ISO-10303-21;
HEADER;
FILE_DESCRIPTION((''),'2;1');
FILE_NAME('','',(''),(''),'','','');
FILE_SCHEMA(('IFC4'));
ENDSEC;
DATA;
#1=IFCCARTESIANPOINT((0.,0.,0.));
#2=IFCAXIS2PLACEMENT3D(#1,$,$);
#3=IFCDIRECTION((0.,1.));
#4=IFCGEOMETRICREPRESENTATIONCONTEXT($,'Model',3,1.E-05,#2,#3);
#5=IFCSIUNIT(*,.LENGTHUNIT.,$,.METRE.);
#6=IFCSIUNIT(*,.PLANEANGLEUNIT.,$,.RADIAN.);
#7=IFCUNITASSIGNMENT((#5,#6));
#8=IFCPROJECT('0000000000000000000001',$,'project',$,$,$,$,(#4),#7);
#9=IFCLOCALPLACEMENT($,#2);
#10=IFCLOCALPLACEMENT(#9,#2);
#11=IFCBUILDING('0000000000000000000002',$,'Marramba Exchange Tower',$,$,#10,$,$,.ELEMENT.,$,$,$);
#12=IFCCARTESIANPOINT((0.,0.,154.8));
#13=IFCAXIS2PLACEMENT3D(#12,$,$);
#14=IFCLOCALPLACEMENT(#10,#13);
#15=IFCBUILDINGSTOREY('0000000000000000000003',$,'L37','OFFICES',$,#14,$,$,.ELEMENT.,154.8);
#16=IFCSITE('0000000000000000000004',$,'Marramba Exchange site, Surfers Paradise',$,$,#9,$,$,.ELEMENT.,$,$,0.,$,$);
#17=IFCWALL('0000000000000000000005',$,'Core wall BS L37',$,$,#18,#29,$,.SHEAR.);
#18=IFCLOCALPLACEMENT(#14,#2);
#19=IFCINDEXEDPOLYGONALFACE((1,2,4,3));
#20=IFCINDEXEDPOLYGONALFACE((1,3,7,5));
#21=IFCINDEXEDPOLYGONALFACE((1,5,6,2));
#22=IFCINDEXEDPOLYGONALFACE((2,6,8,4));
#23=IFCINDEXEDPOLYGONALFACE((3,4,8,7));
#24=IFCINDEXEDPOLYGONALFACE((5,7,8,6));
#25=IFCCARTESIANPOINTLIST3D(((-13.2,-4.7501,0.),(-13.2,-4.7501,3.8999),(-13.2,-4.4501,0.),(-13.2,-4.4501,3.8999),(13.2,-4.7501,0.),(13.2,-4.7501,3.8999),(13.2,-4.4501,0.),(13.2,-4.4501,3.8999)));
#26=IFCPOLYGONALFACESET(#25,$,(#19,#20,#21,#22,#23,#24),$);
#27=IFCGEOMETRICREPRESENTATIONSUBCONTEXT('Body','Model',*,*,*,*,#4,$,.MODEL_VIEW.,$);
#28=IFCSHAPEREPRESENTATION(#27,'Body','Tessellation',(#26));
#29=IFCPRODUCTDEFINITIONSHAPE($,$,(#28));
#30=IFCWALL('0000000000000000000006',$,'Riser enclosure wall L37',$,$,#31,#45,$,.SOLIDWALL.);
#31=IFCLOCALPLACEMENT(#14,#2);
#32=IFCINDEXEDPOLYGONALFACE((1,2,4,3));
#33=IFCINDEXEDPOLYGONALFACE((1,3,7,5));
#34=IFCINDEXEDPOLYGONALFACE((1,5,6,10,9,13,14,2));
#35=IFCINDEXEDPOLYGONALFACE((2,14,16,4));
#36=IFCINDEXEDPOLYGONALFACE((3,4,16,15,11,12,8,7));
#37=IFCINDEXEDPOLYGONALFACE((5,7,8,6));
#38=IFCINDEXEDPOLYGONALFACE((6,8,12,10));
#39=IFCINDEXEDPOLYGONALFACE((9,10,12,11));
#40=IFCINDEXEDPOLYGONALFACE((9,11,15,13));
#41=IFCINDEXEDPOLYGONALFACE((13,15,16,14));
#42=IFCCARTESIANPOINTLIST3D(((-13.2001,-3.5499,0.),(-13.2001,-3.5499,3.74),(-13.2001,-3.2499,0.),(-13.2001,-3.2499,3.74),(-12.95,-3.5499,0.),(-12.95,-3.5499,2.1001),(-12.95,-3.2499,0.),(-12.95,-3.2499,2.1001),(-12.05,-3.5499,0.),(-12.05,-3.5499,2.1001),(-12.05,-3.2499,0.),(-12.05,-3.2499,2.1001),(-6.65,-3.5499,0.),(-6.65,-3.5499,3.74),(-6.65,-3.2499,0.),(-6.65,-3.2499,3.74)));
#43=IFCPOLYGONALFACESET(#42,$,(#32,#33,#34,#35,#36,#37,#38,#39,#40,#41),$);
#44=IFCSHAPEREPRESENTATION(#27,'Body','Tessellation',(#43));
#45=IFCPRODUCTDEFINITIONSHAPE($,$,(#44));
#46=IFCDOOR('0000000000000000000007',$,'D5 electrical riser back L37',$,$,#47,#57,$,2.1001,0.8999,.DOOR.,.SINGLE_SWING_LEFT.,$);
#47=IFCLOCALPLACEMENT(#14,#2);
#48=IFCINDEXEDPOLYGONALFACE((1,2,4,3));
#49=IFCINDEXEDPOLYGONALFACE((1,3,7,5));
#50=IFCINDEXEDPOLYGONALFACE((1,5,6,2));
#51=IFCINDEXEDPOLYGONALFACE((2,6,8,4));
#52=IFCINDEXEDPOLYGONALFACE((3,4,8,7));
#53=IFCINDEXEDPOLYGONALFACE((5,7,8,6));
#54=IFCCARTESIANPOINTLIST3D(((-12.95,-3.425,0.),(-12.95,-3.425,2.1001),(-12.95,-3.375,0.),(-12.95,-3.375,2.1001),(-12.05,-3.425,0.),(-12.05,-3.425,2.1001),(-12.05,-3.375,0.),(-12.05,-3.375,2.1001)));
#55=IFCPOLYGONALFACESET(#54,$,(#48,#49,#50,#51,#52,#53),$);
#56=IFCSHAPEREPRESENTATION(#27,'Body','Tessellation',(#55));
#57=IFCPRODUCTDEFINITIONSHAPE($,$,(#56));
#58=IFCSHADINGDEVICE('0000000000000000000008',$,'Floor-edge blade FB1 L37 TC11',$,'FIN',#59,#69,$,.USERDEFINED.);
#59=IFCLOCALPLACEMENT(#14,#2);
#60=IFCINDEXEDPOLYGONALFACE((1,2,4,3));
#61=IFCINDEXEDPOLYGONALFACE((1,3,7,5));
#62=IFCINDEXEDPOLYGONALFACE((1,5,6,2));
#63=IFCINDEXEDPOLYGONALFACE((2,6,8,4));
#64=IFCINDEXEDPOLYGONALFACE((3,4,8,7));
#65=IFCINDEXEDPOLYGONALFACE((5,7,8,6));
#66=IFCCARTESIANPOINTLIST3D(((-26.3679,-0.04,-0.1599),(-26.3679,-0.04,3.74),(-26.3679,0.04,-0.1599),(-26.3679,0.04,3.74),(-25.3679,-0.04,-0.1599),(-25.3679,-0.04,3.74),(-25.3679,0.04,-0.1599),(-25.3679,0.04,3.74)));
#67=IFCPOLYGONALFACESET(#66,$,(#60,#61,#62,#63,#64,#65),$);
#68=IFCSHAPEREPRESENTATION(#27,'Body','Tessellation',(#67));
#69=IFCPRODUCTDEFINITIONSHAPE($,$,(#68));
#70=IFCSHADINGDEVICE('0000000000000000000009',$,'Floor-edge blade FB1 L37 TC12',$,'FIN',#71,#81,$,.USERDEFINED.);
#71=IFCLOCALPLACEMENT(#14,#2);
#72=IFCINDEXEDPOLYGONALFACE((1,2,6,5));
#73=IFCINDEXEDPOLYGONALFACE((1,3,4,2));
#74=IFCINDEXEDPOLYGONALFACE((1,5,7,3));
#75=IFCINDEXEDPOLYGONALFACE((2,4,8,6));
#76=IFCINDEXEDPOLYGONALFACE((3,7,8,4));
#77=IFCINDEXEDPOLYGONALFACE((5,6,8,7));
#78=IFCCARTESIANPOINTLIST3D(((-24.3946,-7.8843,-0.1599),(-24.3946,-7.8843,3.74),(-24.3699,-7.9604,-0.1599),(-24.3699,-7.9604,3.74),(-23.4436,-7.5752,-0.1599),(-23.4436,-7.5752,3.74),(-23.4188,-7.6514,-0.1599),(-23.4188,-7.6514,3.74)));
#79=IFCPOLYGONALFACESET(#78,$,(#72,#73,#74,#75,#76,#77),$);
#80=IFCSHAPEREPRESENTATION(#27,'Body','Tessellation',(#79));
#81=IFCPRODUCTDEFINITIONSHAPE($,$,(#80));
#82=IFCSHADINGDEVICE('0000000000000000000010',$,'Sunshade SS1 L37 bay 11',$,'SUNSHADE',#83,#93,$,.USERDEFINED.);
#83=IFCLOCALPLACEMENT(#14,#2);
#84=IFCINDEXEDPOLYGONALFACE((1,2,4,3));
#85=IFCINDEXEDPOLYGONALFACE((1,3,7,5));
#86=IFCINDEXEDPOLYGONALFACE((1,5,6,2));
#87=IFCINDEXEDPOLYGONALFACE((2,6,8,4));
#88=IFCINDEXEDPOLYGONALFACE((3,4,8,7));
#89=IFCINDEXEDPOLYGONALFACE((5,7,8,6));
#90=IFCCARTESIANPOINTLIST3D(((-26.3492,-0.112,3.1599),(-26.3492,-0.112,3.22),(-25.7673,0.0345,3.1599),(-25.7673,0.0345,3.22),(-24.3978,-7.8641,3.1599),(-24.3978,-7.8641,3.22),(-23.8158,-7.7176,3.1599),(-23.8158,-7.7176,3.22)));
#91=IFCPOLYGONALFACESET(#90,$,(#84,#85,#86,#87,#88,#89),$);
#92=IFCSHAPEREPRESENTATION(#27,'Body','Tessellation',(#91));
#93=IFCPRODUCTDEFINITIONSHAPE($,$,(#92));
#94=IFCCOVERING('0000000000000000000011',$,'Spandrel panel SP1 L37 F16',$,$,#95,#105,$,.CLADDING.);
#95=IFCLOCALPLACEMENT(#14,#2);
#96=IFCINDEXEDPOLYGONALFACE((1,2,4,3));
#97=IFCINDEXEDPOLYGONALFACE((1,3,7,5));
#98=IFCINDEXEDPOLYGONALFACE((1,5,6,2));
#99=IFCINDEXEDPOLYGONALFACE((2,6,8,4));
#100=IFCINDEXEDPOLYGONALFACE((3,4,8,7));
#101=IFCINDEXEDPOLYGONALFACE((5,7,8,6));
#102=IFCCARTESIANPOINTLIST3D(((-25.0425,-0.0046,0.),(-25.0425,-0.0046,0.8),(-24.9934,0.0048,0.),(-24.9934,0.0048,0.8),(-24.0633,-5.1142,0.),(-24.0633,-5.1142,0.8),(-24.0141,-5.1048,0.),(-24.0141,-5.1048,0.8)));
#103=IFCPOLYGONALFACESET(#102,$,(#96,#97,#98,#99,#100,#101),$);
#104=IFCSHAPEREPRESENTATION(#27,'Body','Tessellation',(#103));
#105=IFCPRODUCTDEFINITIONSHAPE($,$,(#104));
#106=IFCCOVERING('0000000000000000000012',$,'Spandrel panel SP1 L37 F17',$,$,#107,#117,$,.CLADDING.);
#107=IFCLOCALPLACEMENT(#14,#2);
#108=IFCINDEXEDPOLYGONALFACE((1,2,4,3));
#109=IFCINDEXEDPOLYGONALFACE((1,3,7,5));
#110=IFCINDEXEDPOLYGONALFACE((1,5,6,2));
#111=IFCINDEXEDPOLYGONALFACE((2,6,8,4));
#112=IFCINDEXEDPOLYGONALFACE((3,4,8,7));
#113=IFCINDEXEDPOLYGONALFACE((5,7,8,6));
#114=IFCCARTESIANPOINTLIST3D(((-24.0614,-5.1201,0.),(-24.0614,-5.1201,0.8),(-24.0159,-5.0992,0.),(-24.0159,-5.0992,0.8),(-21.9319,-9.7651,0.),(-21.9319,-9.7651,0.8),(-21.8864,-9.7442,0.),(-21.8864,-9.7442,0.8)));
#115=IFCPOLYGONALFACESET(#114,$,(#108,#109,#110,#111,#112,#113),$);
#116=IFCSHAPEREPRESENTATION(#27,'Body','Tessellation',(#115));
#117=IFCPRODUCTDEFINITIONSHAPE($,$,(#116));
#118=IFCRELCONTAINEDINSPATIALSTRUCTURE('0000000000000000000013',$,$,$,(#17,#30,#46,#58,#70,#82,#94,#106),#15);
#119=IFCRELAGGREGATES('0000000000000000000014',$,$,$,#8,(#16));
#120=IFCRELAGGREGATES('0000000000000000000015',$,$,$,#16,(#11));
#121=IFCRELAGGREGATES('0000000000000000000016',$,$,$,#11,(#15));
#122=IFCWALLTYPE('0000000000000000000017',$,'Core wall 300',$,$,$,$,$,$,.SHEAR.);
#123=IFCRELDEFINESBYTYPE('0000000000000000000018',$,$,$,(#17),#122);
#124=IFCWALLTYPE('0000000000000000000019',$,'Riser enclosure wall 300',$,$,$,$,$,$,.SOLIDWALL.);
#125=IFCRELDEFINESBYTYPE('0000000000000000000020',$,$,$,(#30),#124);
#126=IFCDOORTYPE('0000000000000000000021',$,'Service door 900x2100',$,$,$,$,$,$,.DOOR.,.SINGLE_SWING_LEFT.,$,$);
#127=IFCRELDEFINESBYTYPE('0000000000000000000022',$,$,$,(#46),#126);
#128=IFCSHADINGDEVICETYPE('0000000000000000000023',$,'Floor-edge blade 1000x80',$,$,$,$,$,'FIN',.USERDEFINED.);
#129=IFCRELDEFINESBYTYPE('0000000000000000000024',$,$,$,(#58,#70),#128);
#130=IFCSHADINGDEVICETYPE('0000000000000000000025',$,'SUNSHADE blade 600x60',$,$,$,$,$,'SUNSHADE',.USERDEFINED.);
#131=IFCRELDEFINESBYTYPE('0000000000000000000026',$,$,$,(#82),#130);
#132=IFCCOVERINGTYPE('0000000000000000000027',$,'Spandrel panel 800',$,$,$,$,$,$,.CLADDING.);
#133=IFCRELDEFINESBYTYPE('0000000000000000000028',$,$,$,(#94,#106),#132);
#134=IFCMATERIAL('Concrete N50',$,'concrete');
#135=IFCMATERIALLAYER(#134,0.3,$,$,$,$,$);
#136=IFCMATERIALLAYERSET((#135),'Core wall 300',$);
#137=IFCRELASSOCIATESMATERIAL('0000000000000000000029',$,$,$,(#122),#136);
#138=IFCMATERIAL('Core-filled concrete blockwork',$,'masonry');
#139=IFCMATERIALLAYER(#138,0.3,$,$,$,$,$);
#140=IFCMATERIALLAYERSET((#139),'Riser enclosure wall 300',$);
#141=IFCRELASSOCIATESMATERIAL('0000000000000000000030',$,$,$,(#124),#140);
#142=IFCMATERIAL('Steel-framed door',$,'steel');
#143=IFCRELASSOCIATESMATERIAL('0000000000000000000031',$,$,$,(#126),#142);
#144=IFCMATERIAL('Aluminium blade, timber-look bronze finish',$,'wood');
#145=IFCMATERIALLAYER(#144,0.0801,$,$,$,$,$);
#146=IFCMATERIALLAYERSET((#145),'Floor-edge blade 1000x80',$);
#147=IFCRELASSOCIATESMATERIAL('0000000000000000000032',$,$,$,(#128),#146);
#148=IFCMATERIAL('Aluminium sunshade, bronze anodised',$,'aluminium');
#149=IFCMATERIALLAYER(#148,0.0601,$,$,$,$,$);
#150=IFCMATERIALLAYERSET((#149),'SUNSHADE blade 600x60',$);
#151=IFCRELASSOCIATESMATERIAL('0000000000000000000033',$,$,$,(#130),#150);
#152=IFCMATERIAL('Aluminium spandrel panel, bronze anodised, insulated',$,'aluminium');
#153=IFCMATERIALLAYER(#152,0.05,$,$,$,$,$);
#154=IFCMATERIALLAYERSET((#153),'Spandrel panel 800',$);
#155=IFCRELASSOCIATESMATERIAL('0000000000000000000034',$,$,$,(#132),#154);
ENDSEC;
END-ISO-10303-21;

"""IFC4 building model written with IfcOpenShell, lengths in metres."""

from ifc_helpers import new_model, si_unit, direction, frame, frame_2d, origin, origin_2d, place, context, subcontext, project, spatial, rectangle, extrude, material, layer, layer_set, type_object, element, fill, save


model = new_model("IFC4")

# Units and contexts
model_context = context("Model", 3, precision=1e-05, world=origin(), true_north=direction((0.0, 1.0)))
body_context = subcontext(model_context, "Body", "Model", "MODEL_VIEW")
ifc_project = project(units=[si_unit("LENGTHUNIT", "METRE"), si_unit("PLANEANGLEUNIT", "RADIAN")], contexts=[model_context])

# Site, building, storey
site_placement = place(None, origin())
site = spatial("IfcSite", under=ifc_project, at=site_placement, Name="Marramba Exchange site, Surfers Paradise", CompositionType="ELEMENT", RefElevation=0.0)
building_placement = place(site_placement, origin())
building = spatial("IfcBuilding", under=site, at=building_placement, Name="Marramba Exchange Tower", CompositionType="ELEMENT")
storey_placement = place(building_placement, frame((0.0, 0.0, 154.8)))
storey = spatial("IfcBuildingStorey", under=building, at=storey_placement, Name="L37", Description="OFFICES", CompositionType="ELEMENT", Elevation=154.8)

# Shared definitions
ifc_material_1 = material(Name="Concrete N50", Category="concrete")

# Wall
ifc_layer_1 = layer(ifc_material_1, 0.3)
ifc_layer_set_1 = layer_set([ifc_layer_1], Name="Core wall 300")
wall_type_1 = type_object("IfcWallType", Name="Core wall 300", PredefinedType="SHEAR", material=ifc_layer_set_1)
wall_1_placement = place(storey_placement, frame((-13.2, -4.6001, 0.0), z_axis=(0.0, 0.0, 1.0), x_axis=(1.0, 0.0, 0.0)))
element("IfcWall", 1, at=wall_1_placement, inside=storey, type_object=wall_type_1, Name="Core wall BS L37", PredefinedType="SHEAR", context=body_context, shape_type="SweptSolid", body=[
    extrude(rectangle(XDim=26.3999, YDim=0.3, at=frame_2d((13.2, 0.0))), origin(), (0.0, 0.0, 1.0), 3.8999),
])

# Wall, opening, door
ifc_material_2 = material(Name="Core-filled concrete blockwork", Category="masonry")
ifc_layer_2 = layer(ifc_material_2, 0.3)
ifc_layer_set_2 = layer_set([ifc_layer_2], Name="Riser enclosure wall 300")
wall_type_2 = type_object("IfcWallType", Name="Riser enclosure wall 300", PredefinedType="SOLIDWALL", material=ifc_layer_set_2)
wall_2_placement = place(storey_placement, frame((-13.2, -3.3999, 0.0), z_axis=(0.0, 0.0, 1.0), x_axis=(1.0, 0.0, 0.0)))
wall_2 = element("IfcWall", 2, at=wall_2_placement, inside=storey, type_object=wall_type_2, Name="Riser enclosure wall L37", PredefinedType="SOLIDWALL", context=body_context, shape_type="SweptSolid", body=[
    extrude(rectangle(XDim=6.55, YDim=0.3, at=frame_2d((3.2749, 0.0))), origin(), (0.0, 0.0, 1.0), 3.74),
])
opening_placement = place(wall_2_placement, frame((0.25, 0.0, 0.0)))
opening = element("IfcOpeningElement", 3, at=opening_placement, cuts=wall_2, PredefinedType="OPENING", context=body_context, shape_type="SweptSolid", body=[
    extrude(rectangle(XDim=0.8999, YDim=2.1001, at=frame_2d((0.45, 1.05))), frame((0.0, 0.1599, 0.0), z_axis=(0.0, -1.0, 0.0), x_axis=(1.0, 0.0, 0.0)), (0.0, 0.0, 1.0), 0.3201),
])
ifc_material_3 = material(Name="Steel-framed door", Category="steel")
door_type = type_object("IfcDoorType", Name="Service door 900x2100", OperationType="SINGLE_SWING_LEFT", PredefinedType="DOOR", material=ifc_material_3)
door_placement = place(opening_placement, origin())
door = element("IfcDoor", 4, at=door_placement, inside=storey, type_object=door_type, Name="D5 electrical riser back L37", OperationType="SINGLE_SWING_LEFT", OverallHeight=2.1001, OverallWidth=0.8999, PredefinedType="DOOR", context=body_context, shape_type="SweptSolid", body=[
    extrude(rectangle(XDim=0.8999, YDim=2.1001, at=frame_2d((0.45, 1.05))), frame((0.0, 0.0249, 0.0), z_axis=(0.0, -1.0, 0.0), x_axis=(1.0, 0.0, 0.0)), (0.0, 0.0, 1.0), 0.05),
])
fill(opening, door)

# Shading devices
ifc_material_4 = material(Name="Aluminium blade, timber-look bronze finish", Category="wood")
ifc_layer_3 = layer(ifc_material_4, 0.0801)
ifc_layer_set_3 = layer_set([ifc_layer_3], Name="Floor-edge blade 1000x80")
shading_device_type_1 = type_object("IfcShadingDeviceType", Name="Floor-edge blade 1000x80", ElementType="FIN", PredefinedType="USERDEFINED", material=ifc_layer_set_3)
for number, where, z_axis, x_axis, name in (
    (5, (-25.8679, 0.0, -0.1599), (0.0, 0.0, 1.0), (-1.0, 0.0, 0.0), "Floor-edge blade FB1 L37 TC11"),
    (6, (-23.9067, -7.7678, -0.1599), (0.0, 0.0, 1.0), (-0.951057, -0.309017, 0.0), "Floor-edge blade FB1 L37 TC12"),
):
    element("IfcShadingDevice", number, at=place(storey_placement, frame(where, z_axis=z_axis, x_axis=x_axis)), inside=storey, type_object=shading_device_type_1, Name=name, ObjectType="FIN", PredefinedType="USERDEFINED", context=body_context, shape_type="SweptSolid", body=[
        extrude(rectangle(XDim=1.0, YDim=0.0801, at=origin_2d()), origin(), (0.0, 0.0, 1.0), 3.8999),
    ])
ifc_material_5 = material(Name="Aluminium sunshade, bronze anodised", Category="aluminium")
ifc_layer_4 = layer(ifc_material_5, 0.0601)
ifc_layer_set_4 = layer_set([ifc_layer_4], Name="SUNSHADE blade 600x60")
shading_device_type_2 = type_object("IfcShadingDeviceType", Name="SUNSHADE blade 600x60", ElementType="SUNSHADE", PredefinedType="USERDEFINED", material=ifc_layer_set_4)
shading_device_placement = place(storey_placement, frame((-25.0825, -3.9148, 3.1599), z_axis=(0.0, 0.0, 1.0), x_axis=(0.244117, -0.969746, 0.0)))
element("IfcShadingDevice", 7, at=shading_device_placement, inside=storey, type_object=shading_device_type_2, Name="Sunshade SS1 L37 bay 11", ObjectType="SUNSHADE", PredefinedType="USERDEFINED", context=body_context, shape_type="SweptSolid", body=[
    extrude(rectangle(XDim=7.9939, YDim=0.6001, at=origin_2d()), origin(), (0.0, 0.0, 1.0), 0.0601),
])

# Coverings
ifc_material_6 = material(Name="Aluminium spandrel panel, bronze anodised, insulated", Category="aluminium")
ifc_layer_5 = layer(ifc_material_6, 0.05)
ifc_layer_set_5 = layer_set([ifc_layer_5], Name="Spandrel panel 800")
covering_type = type_object("IfcCoveringType", Name="Spandrel panel 800", PredefinedType="CLADDING", material=ifc_layer_set_5)
covering_1_placement = place(storey_placement, frame((-24.5283, -2.5547, 0.0), z_axis=(0.0, 0.0, 1.0), x_axis=(0.188227, -0.982126, 0.0)))
element("IfcCovering", 8, at=covering_1_placement, inside=storey, type_object=covering_type, Name="Spandrel panel SP1 L37 F16", PredefinedType="CLADDING", context=body_context, shape_type="SweptSolid", body=[
    extrude(rectangle(XDim=5.2026, YDim=0.05, at=origin_2d()), origin(), (0.0, 0.0, 1.0), 0.8),
])
covering_2_placement = place(storey_placement, frame((-22.9739, -7.4321, 0.0), z_axis=(0.0, 0.0, 1.0), x_axis=(0.416738, -0.909027, 0.0)))
element("IfcCovering", 9, at=covering_2_placement, inside=storey, type_object=covering_type, Name="Spandrel panel SP1 L37 F17", PredefinedType="CLADDING", context=body_context, shape_type="SweptSolid", body=[
    extrude(rectangle(XDim=5.1099, YDim=0.05, at=origin_2d()), origin(), (0.0, 0.0, 1.0), 0.8),
])

save(model, "model.ifc")
